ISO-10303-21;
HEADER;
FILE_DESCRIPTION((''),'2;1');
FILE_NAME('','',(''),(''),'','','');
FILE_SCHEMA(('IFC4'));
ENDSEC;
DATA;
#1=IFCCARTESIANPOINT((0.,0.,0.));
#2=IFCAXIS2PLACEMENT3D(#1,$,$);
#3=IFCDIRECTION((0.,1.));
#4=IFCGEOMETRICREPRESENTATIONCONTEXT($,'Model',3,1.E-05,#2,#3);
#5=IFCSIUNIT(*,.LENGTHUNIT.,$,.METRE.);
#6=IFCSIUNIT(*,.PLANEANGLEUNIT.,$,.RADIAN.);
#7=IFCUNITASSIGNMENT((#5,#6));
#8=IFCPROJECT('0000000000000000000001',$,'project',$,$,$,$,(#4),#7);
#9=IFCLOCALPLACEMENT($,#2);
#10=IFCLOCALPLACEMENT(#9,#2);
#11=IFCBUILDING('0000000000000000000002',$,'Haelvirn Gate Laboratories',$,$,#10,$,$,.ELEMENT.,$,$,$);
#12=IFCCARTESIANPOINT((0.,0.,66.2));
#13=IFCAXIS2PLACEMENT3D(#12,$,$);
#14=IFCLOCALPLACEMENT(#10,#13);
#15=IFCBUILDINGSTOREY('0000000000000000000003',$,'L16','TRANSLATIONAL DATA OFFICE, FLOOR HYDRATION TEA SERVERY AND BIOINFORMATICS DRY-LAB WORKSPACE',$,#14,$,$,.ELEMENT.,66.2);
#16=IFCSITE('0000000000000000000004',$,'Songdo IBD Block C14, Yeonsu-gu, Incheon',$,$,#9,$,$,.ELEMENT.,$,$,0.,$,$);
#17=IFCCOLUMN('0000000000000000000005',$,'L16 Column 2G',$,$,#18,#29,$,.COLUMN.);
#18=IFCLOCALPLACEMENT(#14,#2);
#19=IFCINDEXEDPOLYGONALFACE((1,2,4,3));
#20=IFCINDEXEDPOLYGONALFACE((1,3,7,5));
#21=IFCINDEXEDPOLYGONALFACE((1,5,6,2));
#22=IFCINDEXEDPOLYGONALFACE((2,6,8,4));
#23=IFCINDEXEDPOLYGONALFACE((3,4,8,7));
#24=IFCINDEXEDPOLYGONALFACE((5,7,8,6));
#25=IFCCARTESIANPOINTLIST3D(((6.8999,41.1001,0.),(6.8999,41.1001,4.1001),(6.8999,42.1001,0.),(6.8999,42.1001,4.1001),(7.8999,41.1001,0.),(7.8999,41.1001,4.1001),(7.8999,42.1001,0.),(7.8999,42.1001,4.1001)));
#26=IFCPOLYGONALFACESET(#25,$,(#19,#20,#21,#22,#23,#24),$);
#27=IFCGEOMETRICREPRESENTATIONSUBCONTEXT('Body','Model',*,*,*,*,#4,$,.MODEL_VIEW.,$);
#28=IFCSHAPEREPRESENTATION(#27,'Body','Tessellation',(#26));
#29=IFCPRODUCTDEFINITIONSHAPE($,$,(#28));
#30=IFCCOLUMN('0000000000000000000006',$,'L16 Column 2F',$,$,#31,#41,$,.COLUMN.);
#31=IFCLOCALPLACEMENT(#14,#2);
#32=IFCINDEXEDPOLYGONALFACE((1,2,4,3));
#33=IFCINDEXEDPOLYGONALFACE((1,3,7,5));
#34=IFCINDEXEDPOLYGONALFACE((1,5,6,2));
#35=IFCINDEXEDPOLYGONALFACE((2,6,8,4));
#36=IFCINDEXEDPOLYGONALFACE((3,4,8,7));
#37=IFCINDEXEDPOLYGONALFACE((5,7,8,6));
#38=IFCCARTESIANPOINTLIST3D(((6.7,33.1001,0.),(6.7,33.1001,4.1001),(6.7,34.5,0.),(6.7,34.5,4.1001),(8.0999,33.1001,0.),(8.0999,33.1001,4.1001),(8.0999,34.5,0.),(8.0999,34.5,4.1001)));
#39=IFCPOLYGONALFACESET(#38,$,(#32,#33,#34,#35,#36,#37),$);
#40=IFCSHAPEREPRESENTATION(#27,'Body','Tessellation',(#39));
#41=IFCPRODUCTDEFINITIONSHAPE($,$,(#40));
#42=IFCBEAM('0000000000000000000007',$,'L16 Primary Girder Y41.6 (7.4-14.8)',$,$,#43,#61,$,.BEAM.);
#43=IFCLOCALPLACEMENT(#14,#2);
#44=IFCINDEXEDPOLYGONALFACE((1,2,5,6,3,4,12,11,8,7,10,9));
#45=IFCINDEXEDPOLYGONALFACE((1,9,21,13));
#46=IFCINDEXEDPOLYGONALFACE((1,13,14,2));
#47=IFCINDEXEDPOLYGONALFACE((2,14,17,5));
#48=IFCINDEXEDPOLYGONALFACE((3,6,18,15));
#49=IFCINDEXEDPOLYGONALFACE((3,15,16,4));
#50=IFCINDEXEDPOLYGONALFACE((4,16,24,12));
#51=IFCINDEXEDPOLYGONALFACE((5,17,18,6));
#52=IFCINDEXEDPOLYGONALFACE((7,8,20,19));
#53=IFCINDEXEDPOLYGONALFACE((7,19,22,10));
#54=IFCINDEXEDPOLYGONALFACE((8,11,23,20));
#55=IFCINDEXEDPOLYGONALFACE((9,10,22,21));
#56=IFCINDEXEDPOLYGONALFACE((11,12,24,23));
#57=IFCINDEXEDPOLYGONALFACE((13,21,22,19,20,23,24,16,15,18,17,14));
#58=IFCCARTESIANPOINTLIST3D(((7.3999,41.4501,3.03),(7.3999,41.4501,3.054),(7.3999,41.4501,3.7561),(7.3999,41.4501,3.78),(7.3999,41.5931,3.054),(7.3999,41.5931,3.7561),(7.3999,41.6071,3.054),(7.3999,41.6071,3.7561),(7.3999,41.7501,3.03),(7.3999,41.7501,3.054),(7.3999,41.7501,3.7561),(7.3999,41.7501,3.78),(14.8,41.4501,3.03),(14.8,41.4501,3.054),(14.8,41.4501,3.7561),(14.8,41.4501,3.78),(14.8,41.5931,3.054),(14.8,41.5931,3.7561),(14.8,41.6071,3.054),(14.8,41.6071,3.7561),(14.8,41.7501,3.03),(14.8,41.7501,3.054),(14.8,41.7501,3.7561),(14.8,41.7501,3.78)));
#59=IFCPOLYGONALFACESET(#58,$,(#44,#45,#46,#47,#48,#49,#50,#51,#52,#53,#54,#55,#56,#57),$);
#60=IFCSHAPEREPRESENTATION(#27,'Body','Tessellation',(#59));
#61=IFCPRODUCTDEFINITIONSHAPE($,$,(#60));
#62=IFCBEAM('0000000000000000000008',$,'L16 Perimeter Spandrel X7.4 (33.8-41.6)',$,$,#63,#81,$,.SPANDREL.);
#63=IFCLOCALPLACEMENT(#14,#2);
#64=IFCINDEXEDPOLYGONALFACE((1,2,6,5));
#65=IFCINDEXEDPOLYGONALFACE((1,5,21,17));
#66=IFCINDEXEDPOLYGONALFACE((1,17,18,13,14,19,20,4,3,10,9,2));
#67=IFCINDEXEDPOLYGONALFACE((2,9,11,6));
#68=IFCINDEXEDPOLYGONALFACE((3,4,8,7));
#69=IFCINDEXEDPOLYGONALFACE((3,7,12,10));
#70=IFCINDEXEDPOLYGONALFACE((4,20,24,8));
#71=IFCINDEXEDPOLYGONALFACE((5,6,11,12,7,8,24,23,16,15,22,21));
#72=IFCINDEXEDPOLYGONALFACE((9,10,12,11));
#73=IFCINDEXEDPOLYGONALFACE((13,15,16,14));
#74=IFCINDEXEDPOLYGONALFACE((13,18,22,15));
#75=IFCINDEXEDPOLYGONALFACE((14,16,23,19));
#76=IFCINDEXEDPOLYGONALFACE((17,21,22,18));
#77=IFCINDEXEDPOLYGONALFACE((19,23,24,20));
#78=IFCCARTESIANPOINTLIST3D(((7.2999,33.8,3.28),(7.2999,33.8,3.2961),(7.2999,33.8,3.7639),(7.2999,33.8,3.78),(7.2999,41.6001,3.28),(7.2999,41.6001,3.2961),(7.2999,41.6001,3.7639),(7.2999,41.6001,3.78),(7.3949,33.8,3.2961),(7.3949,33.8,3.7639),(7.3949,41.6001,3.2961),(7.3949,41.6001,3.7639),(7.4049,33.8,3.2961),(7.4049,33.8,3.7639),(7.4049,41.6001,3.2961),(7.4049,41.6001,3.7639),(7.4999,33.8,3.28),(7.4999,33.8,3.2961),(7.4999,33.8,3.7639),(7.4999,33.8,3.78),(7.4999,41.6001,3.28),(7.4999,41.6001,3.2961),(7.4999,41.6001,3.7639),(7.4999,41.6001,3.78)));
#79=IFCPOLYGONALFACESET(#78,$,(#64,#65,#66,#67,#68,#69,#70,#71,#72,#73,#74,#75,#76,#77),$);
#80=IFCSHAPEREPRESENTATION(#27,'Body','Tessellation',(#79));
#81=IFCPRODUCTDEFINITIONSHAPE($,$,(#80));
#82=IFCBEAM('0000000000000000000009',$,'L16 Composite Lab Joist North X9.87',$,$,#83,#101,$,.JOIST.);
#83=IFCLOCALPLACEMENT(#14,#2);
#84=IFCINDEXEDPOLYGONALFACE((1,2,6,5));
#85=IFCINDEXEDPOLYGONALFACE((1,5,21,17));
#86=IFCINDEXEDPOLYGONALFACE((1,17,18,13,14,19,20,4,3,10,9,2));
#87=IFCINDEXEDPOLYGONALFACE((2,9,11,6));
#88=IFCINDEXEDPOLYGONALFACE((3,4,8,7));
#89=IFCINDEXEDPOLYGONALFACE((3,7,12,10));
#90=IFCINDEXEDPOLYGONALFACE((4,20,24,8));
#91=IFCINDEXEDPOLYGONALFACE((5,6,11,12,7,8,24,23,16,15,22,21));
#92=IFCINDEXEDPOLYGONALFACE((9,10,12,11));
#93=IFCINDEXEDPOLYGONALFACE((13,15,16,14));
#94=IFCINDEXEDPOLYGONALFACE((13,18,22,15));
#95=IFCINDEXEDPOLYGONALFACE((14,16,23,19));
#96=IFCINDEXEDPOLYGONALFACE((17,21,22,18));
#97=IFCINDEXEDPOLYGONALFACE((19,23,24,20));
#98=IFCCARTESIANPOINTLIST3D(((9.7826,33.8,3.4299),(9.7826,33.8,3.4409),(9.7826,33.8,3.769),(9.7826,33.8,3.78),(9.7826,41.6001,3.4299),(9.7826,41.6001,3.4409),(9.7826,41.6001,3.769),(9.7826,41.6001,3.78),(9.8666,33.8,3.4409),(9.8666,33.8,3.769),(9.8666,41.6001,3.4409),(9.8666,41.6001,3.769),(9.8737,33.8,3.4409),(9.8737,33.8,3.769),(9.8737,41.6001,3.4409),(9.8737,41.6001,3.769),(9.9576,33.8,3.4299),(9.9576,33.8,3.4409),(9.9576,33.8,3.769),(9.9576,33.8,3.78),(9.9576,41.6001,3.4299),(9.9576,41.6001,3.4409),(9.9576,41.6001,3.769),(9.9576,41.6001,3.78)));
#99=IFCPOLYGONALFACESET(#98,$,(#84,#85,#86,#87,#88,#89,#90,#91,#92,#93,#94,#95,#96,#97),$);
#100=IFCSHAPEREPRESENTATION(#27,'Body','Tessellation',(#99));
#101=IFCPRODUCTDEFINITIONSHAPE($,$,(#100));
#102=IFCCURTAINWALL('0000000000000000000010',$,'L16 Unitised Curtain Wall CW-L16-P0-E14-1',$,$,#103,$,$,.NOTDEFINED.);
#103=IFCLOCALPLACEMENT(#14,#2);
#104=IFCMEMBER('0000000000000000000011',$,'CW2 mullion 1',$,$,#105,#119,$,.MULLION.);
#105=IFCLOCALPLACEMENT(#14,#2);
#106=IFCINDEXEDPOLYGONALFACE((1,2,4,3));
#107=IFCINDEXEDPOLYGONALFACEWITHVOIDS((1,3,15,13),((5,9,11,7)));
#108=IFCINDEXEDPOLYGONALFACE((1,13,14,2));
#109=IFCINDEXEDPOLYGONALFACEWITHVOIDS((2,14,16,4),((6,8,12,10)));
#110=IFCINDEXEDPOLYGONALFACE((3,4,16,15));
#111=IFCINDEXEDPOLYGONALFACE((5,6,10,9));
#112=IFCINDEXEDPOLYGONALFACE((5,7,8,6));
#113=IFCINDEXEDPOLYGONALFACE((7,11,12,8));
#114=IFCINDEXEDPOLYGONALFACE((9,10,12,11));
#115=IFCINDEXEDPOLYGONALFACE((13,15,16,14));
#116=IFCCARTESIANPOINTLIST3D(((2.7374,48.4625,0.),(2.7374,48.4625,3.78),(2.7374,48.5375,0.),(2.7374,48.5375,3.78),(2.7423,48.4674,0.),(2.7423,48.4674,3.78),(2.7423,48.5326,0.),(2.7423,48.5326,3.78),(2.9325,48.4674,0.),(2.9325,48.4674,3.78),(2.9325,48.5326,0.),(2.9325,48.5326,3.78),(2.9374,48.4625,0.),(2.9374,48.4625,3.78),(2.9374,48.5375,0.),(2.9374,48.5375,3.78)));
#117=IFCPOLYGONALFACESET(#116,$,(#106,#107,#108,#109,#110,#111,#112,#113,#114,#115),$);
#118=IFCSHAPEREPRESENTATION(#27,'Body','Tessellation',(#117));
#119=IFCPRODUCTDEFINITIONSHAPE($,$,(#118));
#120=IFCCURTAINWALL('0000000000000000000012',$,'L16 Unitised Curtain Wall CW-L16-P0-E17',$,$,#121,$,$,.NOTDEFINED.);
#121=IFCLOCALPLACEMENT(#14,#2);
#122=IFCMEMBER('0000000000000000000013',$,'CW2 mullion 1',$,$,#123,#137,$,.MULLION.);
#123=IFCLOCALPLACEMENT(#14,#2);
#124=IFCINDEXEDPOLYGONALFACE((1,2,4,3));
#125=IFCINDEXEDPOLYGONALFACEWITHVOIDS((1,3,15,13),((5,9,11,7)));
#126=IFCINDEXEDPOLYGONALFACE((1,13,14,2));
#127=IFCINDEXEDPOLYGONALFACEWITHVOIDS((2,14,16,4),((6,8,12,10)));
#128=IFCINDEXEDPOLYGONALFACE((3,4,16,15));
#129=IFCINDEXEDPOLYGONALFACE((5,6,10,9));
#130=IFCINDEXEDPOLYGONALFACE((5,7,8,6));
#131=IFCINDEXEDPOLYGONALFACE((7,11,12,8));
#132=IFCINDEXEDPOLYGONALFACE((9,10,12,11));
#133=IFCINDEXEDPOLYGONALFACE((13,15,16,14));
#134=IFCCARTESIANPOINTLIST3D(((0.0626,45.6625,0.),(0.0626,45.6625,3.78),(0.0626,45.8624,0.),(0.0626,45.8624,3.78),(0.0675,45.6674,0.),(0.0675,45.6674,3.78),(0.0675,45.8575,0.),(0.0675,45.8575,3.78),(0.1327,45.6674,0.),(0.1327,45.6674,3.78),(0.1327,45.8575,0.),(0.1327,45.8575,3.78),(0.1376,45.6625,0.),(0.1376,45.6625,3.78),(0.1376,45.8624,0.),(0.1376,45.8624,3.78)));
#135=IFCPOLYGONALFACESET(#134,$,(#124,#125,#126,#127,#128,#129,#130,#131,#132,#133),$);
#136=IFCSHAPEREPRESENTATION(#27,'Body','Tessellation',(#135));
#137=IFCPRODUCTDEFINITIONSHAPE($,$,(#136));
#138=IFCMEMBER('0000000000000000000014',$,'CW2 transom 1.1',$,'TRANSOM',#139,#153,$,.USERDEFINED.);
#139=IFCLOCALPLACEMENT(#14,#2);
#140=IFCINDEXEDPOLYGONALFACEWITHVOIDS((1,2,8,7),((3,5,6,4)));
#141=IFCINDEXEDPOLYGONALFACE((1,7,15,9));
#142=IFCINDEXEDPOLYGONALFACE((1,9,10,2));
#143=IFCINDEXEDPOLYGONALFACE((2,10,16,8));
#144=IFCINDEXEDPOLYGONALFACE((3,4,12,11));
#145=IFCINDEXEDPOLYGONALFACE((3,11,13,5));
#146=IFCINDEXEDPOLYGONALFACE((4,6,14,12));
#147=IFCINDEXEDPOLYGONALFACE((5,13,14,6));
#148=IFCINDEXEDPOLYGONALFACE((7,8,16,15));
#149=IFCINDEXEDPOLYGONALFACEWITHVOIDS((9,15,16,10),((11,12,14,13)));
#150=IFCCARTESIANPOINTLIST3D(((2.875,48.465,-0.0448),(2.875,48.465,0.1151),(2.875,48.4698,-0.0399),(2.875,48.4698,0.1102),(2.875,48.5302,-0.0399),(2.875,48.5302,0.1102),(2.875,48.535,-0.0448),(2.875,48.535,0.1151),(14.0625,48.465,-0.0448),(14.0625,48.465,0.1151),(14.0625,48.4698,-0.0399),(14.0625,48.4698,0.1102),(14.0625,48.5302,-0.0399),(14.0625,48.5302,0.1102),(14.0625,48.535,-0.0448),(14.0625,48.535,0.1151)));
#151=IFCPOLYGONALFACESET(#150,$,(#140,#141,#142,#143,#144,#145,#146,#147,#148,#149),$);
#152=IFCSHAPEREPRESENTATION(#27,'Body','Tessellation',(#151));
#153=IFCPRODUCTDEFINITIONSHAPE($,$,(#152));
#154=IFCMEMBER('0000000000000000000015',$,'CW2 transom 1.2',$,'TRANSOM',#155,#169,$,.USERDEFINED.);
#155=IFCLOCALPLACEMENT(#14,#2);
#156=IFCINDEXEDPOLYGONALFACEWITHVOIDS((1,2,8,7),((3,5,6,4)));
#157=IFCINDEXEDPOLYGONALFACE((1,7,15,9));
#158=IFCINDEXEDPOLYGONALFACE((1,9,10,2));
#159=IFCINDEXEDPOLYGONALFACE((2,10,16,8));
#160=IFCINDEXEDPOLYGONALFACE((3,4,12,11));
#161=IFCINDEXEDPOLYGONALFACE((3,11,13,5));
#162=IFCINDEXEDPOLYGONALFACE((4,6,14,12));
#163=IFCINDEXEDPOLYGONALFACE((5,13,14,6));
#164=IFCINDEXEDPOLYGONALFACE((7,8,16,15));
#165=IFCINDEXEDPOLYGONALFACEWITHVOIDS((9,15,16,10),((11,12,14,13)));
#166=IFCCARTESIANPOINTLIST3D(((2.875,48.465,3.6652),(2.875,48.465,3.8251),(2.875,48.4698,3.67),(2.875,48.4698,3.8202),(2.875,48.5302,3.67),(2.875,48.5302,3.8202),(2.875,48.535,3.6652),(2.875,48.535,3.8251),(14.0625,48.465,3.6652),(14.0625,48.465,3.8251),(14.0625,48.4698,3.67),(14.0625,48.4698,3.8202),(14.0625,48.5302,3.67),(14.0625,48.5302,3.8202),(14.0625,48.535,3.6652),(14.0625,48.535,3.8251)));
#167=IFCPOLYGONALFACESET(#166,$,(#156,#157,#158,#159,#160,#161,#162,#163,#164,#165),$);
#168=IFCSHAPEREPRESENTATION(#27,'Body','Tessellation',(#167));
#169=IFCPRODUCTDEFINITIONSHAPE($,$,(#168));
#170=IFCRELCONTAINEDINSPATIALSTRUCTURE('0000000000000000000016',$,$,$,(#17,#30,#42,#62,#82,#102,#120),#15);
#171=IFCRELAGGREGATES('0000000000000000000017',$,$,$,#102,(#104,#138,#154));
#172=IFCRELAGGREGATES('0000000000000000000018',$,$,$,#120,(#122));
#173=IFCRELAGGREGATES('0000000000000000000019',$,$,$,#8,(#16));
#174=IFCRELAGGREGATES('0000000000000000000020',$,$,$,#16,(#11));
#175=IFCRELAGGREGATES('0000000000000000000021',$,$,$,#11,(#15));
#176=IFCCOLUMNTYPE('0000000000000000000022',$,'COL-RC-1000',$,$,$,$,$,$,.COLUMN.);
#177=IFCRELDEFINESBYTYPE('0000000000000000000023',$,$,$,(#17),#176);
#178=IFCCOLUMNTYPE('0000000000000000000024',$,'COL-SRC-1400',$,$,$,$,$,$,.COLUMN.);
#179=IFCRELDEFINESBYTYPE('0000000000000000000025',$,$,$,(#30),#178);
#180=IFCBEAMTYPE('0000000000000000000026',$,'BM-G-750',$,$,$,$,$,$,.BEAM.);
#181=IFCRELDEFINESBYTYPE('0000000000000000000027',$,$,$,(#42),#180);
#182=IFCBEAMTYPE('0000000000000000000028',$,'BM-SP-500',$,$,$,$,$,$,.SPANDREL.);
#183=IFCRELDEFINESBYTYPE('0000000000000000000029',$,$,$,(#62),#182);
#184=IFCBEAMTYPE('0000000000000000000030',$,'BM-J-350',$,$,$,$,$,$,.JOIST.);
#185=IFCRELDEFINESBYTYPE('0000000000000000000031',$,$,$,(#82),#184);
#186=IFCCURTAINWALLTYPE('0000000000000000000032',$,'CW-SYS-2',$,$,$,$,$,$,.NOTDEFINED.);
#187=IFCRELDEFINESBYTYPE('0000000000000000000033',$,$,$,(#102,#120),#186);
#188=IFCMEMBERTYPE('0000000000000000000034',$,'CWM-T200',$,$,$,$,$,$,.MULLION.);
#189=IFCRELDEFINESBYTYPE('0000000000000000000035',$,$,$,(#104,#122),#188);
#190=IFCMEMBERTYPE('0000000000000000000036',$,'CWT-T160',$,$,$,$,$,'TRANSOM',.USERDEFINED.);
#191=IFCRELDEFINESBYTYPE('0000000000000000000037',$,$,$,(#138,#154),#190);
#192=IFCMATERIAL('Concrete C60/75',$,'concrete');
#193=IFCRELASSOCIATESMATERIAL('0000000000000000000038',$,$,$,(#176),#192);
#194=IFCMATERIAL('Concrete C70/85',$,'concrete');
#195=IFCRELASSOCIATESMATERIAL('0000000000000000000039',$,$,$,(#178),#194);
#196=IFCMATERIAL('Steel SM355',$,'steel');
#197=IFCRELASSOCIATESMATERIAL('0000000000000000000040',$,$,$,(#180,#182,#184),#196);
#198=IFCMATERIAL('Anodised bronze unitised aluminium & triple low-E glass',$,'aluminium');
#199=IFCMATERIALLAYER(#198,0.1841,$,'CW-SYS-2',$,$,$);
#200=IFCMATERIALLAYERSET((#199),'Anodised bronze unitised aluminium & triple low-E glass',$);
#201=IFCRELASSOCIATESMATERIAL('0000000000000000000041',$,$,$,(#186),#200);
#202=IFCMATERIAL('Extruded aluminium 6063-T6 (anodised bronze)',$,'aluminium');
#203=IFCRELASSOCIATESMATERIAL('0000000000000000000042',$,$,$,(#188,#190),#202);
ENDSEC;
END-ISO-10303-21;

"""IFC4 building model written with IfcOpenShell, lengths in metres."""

from ifc_helpers import new_model, si_unit, direction, frame, origin, origin_2d, place, context, subcontext, project, spatial, rectangle, hollow_rectangle, i_section, extrude, source, transform, mapped, material, layer, layer_set, material_profile, profile_set, type_object, type_shapes, element, aggregate, save


model = new_model("IFC4")

# Units and contexts
model_context = context("Model", 3, precision=1e-05, world=origin(), true_north=direction((0.0, 1.0)))
body_context = subcontext(model_context, "Body", "Model", "MODEL_VIEW")
ifc_project = project(units=[si_unit("LENGTHUNIT", "METRE"), si_unit("PLANEANGLEUNIT", "RADIAN")], contexts=[model_context])

# Site, building, storey
site_placement = place(None, origin())
site = spatial("IfcSite", under=ifc_project, at=site_placement, Name="Songdo IBD Block C14, Yeonsu-gu, Incheon", CompositionType="ELEMENT", RefElevation=0.0)
building_placement = place(site_placement, origin())
building = spatial("IfcBuilding", under=site, at=building_placement, Name="Haelvirn Gate Laboratories", CompositionType="ELEMENT")
storey_placement = place(building_placement, frame((0.0, 0.0, 66.2)))
storey = spatial("IfcBuildingStorey", under=building, at=storey_placement, Name="L16", Description="TRANSLATIONAL DATA OFFICE, FLOOR HYDRATION TEA SERVERY AND BIOINFORMATICS DRY-LAB WORKSPACE", CompositionType="ELEMENT", Elevation=66.2)

# Columns
ifc_material_1 = material(Name="Concrete C60/75", Category="concrete")
ifc_material_profile_1 = material_profile(ifc_material_1, rectangle(XDim=1.0, YDim=1.0, at=origin_2d()), Name="RC-1000x1000")
ifc_profile_set_1 = profile_set([ifc_material_profile_1], Name="Concrete C60/75")
column_type_1 = type_object("IfcColumnType", Name="COL-RC-1000", PredefinedType="COLUMN", material=ifc_profile_set_1)
shared_shape_1 = source(origin(), body_context, "Body", "SweptSolid", [
    extrude(rectangle(XDim=1.0, YDim=1.0, at=origin_2d()), origin(), (0.0, 0.0, 1.0), 4.1001),
])
type_shapes(column_type_1, [shared_shape_1])
column_1_placement = place(storey_placement, frame((7.3999, 41.6001, 0.0), z_axis=(0.0, 0.0, 1.0), x_axis=(1.0, 0.0, 0.0)))
element("IfcColumn", 1, at=column_1_placement, inside=storey, type_object=column_type_1, Name="L16 Column 2G", PredefinedType="COLUMN", context=body_context, shape_type="MappedRepresentation", body=[
    mapped(shared_shape_1, transform((0.0, 0.0, 0.0), scale=1.0)),
])
ifc_material_2 = material(Name="Concrete C70/85", Category="concrete")
ifc_material_profile_2 = material_profile(ifc_material_2, rectangle(XDim=1.3999, YDim=1.3999, at=origin_2d()), Name="SRC-1400x1400")
ifc_profile_set_2 = profile_set([ifc_material_profile_2], Name="Concrete C70/85")
column_type_2 = type_object("IfcColumnType", Name="COL-SRC-1400", PredefinedType="COLUMN", material=ifc_profile_set_2)
shared_shape_2 = source(origin(), body_context, "Body", "SweptSolid", [
    extrude(rectangle(XDim=1.3999, YDim=1.3999, at=origin_2d()), origin(), (0.0, 0.0, 1.0), 4.1001),
])
type_shapes(column_type_2, [shared_shape_2])
column_2_placement = place(storey_placement, frame((7.3999, 33.8, 0.0), z_axis=(0.0, 0.0, 1.0), x_axis=(1.0, 0.0, 0.0)))
element("IfcColumn", 2, at=column_2_placement, inside=storey, type_object=column_type_2, Name="L16 Column 2F", PredefinedType="COLUMN", context=body_context, shape_type="MappedRepresentation", body=[
    mapped(shared_shape_2, transform((0.0, 0.0, 0.0), scale=1.0)),
])

# Beams
ifc_material_3 = material(Name="Steel SM355", Category="steel")
ifc_material_profile_3 = material_profile(ifc_material_3, i_section(OverallWidth=0.3, OverallDepth=0.75, WebThickness=0.0139, FlangeThickness=0.0239, at=origin_2d()), Name="H-750x300x14x24")
ifc_profile_set_3 = profile_set([ifc_material_profile_3], Name="Steel SM355")
beam_type_1 = type_object("IfcBeamType", Name="BM-G-750", PredefinedType="BEAM", material=ifc_profile_set_3)
shared_shape_3 = source(origin(), body_context, "Body", "SweptSolid", [
    extrude(i_section(OverallWidth=0.3, OverallDepth=0.75, WebThickness=0.0139, FlangeThickness=0.0239, at=origin_2d()), origin(), (0.0, 0.0, 1.0), 7.4001),
])
type_shapes(beam_type_1, [shared_shape_3])
beam_1_placement = place(storey_placement, frame((7.3999, 41.6001, 3.405), z_axis=(1.0, 0.0, 0.0), x_axis=(0.0, 1.0, 0.0)))
element("IfcBeam", 3, at=beam_1_placement, inside=storey, type_object=beam_type_1, Name="L16 Primary Girder Y41.6 (7.4-14.8)", PredefinedType="BEAM", context=body_context, shape_type="MappedRepresentation", body=[
    mapped(shared_shape_3, transform((0.0, 0.0, 0.0), scale=1.0)),
])
ifc_material_profile_4 = material_profile(ifc_material_3, i_section(OverallWidth=0.2, OverallDepth=0.5, WebThickness=0.01, FlangeThickness=0.0161, at=origin_2d()), Name="H-500x200x10x16")
ifc_profile_set_4 = profile_set([ifc_material_profile_4], Name="Steel SM355")
beam_type_2 = type_object("IfcBeamType", Name="BM-SP-500", PredefinedType="SPANDREL", material=ifc_profile_set_4)
shared_shape_4 = source(origin(), body_context, "Body", "SweptSolid", [
    extrude(i_section(OverallWidth=0.2, OverallDepth=0.5, WebThickness=0.01, FlangeThickness=0.0161, at=origin_2d()), origin(), (0.0, 0.0, 1.0), 7.8),
])
type_shapes(beam_type_2, [shared_shape_4])
beam_2_placement = place(storey_placement, frame((7.3999, 33.8, 3.53), z_axis=(0.0, 1.0, 0.0), x_axis=(-1.0, 0.0, 0.0)))
element("IfcBeam", 4, at=beam_2_placement, inside=storey, type_object=beam_type_2, Name="L16 Perimeter Spandrel X7.4 (33.8-41.6)", PredefinedType="SPANDREL", context=body_context, shape_type="MappedRepresentation", body=[
    mapped(shared_shape_4, transform((0.0, 0.0, 0.0), scale=1.0)),
])
ifc_material_profile_5 = material_profile(ifc_material_3, i_section(OverallWidth=0.175, OverallDepth=0.3501, WebThickness=0.0071, FlangeThickness=0.011, at=origin_2d()), Name="H-350x175x7x11")
ifc_profile_set_5 = profile_set([ifc_material_profile_5], Name="Steel SM355")
beam_type_3 = type_object("IfcBeamType", Name="BM-J-350", PredefinedType="JOIST", material=ifc_profile_set_5)
shared_shape_5 = source(origin(), body_context, "Body", "SweptSolid", [
    extrude(i_section(OverallWidth=0.175, OverallDepth=0.3501, WebThickness=0.0071, FlangeThickness=0.011, at=origin_2d()), origin(), (0.0, 0.0, 1.0), 7.8),
])
type_shapes(beam_type_3, [shared_shape_5])
beam_3_placement = place(storey_placement, frame((9.8701, 33.8, 3.605), z_axis=(0.0, 1.0, 0.0), x_axis=(-1.0, 0.0, 0.0)))
element("IfcBeam", 5, at=beam_3_placement, inside=storey, type_object=beam_type_3, Name="L16 Composite Lab Joist North X9.87", PredefinedType="JOIST", context=body_context, shape_type="MappedRepresentation", body=[
    mapped(shared_shape_5, transform((0.0, 0.0, 0.0), scale=1.0)),
])

# Curtain walls, members
ifc_material_4 = material(Name="Anodised bronze unitised aluminium & triple low-E glass", Category="aluminium")
ifc_layer_1 = layer(ifc_material_4, 0.1841, Name="CW-SYS-2")
ifc_layer_set_1 = layer_set([ifc_layer_1], Name="Anodised bronze unitised aluminium & triple low-E glass")
curtain_wall_type_1 = type_object("IfcCurtainWallType", Name="CW-SYS-2", PredefinedType="NOTDEFINED", material=ifc_layer_set_1)
curtain_wall_1_placement = place(storey_placement, origin())
curtain_wall_1 = element("IfcCurtainWall", 6, at=curtain_wall_1_placement, inside=storey, type_object=curtain_wall_type_1, Name="L16 Unitised Curtain Wall CW-L16-P0-E14-1", PredefinedType="NOTDEFINED")
ifc_material_5 = material(Name="Extruded aluminium 6063-T6 (anodised bronze)", Category="aluminium")
ifc_material_profile_6 = material_profile(ifc_material_5, hollow_rectangle(XDim=0.075, YDim=0.2, WallThickness=0.0049, at=origin_2d()), Name="CWM-200x75x5")
ifc_profile_set_6 = profile_set([ifc_material_profile_6], Name="Extruded aluminium 6063-T6 (anodised bronze)")
member_type_1 = type_object("IfcMemberType", Name="CWM-T200", PredefinedType="MULLION", material=ifc_profile_set_6)
shared_shape_6 = source(origin(), body_context, "Body", "SweptSolid", [
    extrude(hollow_rectangle(XDim=0.075, YDim=0.2, WallThickness=0.0049, at=origin_2d()), origin(), (0.0, 0.0, 1.0), 3.78),
])
type_shapes(member_type_1, [shared_shape_6])
member_1_placement = place(storey_placement, frame((2.8374, 48.5, 0.0), z_axis=(0.0, 0.0, 1.0), x_axis=(0.0, 1.0, 0.0)))
member_1 = element("IfcMember", 7, at=member_1_placement, type_object=member_type_1, Name="CW2 mullion 1", PredefinedType="MULLION", context=body_context, shape_type="MappedRepresentation", body=[
    mapped(shared_shape_6, transform((0.0, 0.0, 0.0), scale=1.0)),
])
curtain_wall_2_placement = place(storey_placement, origin())
curtain_wall_2 = element("IfcCurtainWall", 8, at=curtain_wall_2_placement, inside=storey, type_object=curtain_wall_type_1, Name="L16 Unitised Curtain Wall CW-L16-P0-E17", PredefinedType="NOTDEFINED")
member_2_placement = place(storey_placement, frame((0.1001, 45.7625, 0.0), z_axis=(0.0, 0.0, 1.0), x_axis=(1.0, 0.0, 0.0)))
member_2 = element("IfcMember", 9, at=member_2_placement, type_object=member_type_1, Name="CW2 mullion 1", PredefinedType="MULLION", context=body_context, shape_type="MappedRepresentation", body=[
    mapped(shared_shape_6, transform((0.0, 0.0, 0.0), scale=1.0)),
])

# Members
ifc_material_profile_7 = material_profile(ifc_material_5, hollow_rectangle(XDim=0.0701, YDim=0.1599, WallThickness=0.0049, at=origin_2d()), Name="CWT-160x70x5")
ifc_profile_set_7 = profile_set([ifc_material_profile_7], Name="Extruded aluminium 6063-T6 (anodised bronze)")
member_type_2 = type_object("IfcMemberType", Name="CWT-T160", ElementType="TRANSOM", PredefinedType="USERDEFINED", material=ifc_profile_set_7)
shared_shape_7 = source(origin(), body_context, "Body", "SweptSolid", [
    extrude(hollow_rectangle(XDim=0.0701, YDim=0.1599, WallThickness=0.0049, at=origin_2d()), origin(), (0.0, 0.0, 1.0), 11.1875),
])
member_3_placement = place(storey_placement, frame((2.875, 48.5, 0.0352), z_axis=(1.0, 0.0, 0.0), x_axis=(0.0, 1.0, 0.0)))
member_3 = element("IfcMember", 10, at=member_3_placement, type_object=member_type_2, Name="CW2 transom 1.1", ObjectType="TRANSOM", PredefinedType="USERDEFINED", context=body_context, shape_type="MappedRepresentation", body=[
    mapped(shared_shape_7, transform((0.0, 0.0, 0.0), scale=1.0)),
])
member_4_placement = place(storey_placement, frame((2.875, 48.5, 3.7451), z_axis=(1.0, 0.0, 0.0), x_axis=(0.0, 1.0, 0.0)))
member_4 = element("IfcMember", 11, at=member_4_placement, type_object=member_type_2, Name="CW2 transom 1.2", ObjectType="TRANSOM", PredefinedType="USERDEFINED", context=body_context, shape_type="MappedRepresentation", body=[
    mapped(shared_shape_7, transform((0.0, 0.0, 0.0), scale=1.0)),
])

aggregate(curtain_wall_1, [member_1, member_3, member_4])
aggregate(curtain_wall_2, [member_2])

save(model, "model.ifc")
